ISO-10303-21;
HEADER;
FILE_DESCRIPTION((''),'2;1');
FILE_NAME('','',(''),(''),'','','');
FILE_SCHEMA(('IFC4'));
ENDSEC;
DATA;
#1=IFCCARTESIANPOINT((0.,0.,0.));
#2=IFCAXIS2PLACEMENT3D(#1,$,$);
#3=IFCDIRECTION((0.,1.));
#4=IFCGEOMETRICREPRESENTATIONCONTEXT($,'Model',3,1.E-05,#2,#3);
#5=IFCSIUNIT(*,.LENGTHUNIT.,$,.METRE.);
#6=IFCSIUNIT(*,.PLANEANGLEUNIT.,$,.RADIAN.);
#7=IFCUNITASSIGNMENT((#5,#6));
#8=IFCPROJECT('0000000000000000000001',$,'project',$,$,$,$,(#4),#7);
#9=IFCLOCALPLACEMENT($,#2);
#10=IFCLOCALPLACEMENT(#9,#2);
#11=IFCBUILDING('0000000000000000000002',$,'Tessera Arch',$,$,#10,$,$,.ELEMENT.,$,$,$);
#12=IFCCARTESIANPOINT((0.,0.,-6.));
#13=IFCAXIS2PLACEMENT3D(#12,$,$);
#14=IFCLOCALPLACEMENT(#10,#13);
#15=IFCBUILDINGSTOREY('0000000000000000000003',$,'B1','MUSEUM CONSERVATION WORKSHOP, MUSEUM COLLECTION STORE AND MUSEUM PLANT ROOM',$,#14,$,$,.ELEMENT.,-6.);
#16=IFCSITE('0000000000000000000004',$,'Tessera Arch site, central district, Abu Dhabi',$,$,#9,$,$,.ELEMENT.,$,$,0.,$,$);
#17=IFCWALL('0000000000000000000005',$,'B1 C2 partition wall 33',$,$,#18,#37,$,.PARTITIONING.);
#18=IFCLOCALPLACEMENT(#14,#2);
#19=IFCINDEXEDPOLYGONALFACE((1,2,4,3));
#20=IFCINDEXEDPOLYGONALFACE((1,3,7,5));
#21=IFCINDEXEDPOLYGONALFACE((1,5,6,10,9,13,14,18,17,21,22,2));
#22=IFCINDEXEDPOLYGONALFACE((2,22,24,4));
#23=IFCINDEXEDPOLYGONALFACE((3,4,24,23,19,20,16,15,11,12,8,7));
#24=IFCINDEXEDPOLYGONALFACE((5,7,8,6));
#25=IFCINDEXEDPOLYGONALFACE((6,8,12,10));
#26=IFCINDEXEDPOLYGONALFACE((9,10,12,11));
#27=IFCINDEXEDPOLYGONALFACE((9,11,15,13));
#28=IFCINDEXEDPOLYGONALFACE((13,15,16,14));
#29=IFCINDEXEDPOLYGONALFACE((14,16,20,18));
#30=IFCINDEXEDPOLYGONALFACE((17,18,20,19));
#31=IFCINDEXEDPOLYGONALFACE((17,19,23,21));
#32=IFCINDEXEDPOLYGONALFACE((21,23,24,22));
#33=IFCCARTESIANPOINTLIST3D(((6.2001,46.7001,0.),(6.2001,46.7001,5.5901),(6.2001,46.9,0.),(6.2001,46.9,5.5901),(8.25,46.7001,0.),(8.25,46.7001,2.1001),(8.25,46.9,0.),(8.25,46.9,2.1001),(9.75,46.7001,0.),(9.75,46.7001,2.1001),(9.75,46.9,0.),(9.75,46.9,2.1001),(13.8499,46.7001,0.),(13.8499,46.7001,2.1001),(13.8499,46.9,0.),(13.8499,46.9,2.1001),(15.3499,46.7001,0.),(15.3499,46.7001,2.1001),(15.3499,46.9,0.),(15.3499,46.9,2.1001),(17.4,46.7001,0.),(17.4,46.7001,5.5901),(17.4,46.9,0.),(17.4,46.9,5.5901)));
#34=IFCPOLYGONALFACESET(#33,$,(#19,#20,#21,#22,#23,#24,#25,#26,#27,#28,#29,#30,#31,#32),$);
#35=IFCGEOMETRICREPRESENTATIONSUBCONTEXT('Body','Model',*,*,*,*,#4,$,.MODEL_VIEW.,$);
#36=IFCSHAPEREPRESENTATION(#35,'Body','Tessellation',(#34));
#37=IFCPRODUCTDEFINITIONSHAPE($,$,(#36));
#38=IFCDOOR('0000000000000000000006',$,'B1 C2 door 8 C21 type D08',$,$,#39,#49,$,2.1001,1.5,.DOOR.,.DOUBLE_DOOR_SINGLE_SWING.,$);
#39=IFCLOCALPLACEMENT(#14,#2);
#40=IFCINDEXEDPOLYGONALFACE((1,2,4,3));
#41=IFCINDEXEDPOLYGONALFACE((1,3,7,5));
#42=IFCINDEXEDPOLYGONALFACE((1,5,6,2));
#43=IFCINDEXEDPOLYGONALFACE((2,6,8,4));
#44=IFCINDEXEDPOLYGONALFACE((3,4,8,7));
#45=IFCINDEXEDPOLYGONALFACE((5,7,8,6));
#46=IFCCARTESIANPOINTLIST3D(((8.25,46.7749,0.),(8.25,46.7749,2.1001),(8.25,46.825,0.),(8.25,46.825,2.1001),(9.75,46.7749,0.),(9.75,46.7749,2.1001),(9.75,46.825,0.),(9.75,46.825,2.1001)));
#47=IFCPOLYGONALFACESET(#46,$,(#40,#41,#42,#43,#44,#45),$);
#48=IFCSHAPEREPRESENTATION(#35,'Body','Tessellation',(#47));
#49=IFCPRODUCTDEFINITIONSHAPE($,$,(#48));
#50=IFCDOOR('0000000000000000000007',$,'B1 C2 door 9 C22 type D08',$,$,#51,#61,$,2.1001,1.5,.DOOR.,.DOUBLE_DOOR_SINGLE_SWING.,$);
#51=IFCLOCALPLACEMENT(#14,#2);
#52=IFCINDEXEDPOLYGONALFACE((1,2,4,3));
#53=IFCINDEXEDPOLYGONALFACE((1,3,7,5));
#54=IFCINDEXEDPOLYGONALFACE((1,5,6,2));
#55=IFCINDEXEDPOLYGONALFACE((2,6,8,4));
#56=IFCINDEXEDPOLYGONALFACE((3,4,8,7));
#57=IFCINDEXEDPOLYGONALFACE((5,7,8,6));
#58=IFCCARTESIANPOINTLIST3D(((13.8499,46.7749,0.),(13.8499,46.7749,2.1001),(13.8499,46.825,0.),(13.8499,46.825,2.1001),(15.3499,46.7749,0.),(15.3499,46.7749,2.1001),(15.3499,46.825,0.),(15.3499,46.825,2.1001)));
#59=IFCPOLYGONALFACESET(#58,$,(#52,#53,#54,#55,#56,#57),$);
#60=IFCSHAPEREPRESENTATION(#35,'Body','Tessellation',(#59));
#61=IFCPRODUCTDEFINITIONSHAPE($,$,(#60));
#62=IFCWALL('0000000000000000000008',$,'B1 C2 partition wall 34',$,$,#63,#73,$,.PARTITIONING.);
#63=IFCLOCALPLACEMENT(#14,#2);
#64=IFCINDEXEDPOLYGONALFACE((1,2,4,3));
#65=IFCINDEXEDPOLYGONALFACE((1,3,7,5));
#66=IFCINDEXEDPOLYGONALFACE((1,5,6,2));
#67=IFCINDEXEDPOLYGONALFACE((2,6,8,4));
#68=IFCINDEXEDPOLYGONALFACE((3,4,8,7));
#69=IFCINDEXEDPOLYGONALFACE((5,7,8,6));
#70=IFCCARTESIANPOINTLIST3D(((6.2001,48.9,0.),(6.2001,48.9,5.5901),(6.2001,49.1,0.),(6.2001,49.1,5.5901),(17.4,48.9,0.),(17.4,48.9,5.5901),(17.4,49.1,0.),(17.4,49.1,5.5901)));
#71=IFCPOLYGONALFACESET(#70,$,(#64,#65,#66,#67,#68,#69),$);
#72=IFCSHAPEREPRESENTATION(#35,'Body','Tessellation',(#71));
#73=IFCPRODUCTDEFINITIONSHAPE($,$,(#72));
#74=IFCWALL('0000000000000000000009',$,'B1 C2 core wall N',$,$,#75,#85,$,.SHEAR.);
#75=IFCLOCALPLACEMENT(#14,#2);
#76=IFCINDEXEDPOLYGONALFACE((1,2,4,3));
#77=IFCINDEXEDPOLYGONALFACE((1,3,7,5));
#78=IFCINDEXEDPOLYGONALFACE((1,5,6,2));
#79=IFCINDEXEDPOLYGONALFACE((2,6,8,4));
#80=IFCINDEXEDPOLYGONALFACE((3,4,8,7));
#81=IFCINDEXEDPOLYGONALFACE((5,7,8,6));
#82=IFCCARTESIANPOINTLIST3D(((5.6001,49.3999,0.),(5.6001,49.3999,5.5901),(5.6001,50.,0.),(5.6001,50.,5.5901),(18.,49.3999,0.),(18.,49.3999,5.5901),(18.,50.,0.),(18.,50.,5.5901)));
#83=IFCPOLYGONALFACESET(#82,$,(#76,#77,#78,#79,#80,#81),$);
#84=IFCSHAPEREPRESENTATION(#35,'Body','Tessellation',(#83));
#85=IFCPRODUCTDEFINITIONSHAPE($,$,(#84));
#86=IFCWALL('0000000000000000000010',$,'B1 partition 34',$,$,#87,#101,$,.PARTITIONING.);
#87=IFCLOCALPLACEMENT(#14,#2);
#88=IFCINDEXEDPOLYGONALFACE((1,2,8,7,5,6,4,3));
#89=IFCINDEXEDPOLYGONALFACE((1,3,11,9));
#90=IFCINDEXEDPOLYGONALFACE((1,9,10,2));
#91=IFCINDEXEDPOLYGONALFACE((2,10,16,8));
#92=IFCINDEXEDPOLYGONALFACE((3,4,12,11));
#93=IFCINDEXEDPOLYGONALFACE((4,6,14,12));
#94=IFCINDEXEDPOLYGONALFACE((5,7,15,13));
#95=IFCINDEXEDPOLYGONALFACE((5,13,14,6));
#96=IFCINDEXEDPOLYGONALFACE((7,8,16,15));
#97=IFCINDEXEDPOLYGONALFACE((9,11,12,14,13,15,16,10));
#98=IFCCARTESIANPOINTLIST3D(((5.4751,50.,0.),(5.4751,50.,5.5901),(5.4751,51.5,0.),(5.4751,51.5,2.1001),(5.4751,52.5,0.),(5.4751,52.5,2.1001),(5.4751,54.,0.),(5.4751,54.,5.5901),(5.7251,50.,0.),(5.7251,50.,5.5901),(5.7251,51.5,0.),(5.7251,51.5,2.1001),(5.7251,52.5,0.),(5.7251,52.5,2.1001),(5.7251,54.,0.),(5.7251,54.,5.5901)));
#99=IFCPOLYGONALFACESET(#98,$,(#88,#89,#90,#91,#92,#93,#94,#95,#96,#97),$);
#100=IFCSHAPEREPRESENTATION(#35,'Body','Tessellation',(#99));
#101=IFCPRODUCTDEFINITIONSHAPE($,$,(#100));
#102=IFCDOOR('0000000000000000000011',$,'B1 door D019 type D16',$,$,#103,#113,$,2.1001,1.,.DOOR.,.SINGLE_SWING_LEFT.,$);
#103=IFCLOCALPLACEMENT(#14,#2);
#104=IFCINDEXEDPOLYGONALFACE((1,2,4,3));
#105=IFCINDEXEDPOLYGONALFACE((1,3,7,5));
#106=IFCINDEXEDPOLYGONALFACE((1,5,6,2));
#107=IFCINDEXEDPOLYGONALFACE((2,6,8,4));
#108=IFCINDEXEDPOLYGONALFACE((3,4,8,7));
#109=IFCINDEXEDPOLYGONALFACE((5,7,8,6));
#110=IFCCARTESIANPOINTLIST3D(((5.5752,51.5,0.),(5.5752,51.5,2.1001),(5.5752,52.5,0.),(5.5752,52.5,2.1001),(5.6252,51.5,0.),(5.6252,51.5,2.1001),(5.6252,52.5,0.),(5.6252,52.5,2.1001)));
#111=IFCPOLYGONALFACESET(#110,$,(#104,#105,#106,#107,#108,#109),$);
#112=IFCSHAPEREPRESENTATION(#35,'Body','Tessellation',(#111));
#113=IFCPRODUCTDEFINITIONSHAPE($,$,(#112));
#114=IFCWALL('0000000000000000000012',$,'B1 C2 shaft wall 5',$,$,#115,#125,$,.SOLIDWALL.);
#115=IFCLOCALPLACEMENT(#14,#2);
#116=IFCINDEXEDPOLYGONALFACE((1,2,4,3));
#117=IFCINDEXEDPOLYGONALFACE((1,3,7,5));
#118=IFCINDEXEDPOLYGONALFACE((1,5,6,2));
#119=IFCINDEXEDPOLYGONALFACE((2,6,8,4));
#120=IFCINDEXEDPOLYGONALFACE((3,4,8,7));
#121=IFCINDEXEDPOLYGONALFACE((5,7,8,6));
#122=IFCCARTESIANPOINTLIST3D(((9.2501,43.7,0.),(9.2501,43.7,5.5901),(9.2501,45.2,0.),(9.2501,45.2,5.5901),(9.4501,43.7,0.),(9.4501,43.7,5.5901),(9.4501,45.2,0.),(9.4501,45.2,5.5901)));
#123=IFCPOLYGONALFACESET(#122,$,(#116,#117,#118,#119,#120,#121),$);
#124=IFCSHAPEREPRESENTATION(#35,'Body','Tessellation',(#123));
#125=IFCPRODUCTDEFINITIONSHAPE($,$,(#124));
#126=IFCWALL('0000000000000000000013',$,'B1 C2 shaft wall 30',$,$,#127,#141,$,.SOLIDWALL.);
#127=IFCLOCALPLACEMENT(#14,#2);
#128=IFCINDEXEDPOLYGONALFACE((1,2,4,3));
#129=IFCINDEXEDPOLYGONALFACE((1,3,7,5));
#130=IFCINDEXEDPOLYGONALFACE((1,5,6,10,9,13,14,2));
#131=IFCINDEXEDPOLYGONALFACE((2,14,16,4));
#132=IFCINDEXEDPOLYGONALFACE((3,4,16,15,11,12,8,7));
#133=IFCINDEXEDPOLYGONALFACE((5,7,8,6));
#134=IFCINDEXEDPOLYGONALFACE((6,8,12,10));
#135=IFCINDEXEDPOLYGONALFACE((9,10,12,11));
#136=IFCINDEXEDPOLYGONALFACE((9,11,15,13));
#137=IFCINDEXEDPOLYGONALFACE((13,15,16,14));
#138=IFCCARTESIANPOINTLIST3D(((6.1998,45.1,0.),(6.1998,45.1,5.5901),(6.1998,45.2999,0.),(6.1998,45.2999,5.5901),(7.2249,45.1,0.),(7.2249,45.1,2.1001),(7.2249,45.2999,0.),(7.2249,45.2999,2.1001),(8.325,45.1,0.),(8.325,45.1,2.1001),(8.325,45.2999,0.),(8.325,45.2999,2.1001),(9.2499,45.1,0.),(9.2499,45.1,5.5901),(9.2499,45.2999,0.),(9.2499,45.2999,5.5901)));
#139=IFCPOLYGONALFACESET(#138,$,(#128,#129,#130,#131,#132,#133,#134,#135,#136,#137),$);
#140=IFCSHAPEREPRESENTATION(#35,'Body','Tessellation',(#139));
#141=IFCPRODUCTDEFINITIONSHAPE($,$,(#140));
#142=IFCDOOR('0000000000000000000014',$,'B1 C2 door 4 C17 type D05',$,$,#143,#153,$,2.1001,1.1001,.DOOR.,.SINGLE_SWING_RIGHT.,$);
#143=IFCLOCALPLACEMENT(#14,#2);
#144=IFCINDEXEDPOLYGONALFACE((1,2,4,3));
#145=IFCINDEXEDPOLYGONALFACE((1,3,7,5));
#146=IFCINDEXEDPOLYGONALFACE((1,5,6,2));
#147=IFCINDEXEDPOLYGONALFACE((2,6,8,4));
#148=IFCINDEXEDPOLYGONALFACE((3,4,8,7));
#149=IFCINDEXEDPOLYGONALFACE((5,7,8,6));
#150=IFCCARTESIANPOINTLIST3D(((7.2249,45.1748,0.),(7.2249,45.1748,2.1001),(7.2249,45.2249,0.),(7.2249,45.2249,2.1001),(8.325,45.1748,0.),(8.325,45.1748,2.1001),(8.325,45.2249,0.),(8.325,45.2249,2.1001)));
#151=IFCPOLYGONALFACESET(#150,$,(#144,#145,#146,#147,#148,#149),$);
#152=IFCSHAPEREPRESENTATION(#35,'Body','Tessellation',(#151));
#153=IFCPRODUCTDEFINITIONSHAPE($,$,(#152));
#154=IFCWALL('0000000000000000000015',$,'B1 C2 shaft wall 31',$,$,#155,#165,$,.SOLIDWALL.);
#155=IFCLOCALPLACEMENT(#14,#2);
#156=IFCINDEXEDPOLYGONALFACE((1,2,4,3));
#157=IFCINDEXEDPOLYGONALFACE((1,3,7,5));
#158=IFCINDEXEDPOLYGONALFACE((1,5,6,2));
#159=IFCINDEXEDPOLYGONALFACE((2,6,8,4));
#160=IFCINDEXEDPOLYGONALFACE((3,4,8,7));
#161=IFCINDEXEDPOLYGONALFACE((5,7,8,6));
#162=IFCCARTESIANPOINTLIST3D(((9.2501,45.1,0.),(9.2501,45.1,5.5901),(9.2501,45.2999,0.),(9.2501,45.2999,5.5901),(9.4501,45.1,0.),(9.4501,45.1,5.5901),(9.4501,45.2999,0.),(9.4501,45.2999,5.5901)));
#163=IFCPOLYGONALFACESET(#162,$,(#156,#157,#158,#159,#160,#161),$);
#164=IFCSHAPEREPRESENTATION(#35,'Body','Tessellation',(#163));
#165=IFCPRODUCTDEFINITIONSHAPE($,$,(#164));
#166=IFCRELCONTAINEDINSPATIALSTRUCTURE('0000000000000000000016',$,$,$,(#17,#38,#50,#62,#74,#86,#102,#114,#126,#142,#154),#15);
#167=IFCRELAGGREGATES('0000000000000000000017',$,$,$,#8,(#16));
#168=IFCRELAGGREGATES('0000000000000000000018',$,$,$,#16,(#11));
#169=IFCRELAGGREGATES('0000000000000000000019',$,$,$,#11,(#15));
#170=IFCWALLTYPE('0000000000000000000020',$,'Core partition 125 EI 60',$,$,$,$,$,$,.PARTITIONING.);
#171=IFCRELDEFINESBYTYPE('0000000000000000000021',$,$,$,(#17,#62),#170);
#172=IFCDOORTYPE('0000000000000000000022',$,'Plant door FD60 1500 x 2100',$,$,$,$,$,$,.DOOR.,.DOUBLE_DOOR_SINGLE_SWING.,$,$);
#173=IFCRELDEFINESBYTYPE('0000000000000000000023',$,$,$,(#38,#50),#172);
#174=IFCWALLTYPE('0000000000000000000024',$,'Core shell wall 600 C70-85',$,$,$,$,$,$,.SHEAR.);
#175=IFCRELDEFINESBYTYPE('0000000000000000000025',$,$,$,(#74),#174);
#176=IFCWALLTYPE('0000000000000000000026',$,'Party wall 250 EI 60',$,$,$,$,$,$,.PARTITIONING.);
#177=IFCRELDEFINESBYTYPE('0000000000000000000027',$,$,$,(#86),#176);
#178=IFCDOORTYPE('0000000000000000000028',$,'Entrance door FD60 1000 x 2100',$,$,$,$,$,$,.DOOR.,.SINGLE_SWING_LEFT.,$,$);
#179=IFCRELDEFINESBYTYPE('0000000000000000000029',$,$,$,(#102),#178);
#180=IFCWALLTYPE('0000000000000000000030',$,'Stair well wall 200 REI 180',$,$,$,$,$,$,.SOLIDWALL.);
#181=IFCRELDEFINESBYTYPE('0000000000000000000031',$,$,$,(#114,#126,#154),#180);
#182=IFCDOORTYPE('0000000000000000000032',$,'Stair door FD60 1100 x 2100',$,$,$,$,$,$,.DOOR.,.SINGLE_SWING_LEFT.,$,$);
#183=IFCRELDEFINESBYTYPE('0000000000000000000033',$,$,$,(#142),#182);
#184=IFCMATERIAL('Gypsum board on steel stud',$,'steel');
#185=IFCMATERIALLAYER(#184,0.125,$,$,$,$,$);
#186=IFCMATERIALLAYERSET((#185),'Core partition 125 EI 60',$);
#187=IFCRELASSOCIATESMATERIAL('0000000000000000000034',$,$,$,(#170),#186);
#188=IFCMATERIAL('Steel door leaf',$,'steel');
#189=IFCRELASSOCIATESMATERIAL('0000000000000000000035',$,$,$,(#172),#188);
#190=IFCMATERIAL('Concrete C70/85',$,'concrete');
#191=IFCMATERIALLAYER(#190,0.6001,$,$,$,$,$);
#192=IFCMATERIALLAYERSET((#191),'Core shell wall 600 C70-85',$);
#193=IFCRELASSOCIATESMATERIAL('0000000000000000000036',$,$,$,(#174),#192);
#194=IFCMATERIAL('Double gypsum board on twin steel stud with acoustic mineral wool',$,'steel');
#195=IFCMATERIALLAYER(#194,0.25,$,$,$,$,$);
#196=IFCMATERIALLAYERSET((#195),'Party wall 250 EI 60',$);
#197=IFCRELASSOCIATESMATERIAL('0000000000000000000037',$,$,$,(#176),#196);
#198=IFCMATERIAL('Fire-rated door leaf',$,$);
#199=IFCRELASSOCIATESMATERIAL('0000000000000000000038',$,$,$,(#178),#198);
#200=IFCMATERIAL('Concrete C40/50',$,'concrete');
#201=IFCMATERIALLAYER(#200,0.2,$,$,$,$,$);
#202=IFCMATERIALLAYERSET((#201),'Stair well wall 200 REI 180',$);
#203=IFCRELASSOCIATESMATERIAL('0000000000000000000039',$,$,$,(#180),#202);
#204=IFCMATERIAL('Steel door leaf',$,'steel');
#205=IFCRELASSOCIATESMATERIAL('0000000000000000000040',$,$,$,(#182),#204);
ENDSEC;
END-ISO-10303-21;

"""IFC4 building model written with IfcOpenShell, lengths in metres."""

from ifc_helpers import new_model, si_unit, direction, frame, frame_2d, origin, place, context, subcontext, project, spatial, rectangle, extrude, material, layer, layer_set, type_object, element, fill, save


model = new_model("IFC4")

# Units and contexts
model_context = context("Model", 3, precision=1e-05, world=origin(), true_north=direction((0.0, 1.0)))
body_context = subcontext(model_context, "Body", "Model", "MODEL_VIEW")
ifc_project = project(units=[si_unit("LENGTHUNIT", "METRE"), si_unit("PLANEANGLEUNIT", "RADIAN")], contexts=[model_context])

# Site, building, storey
site_placement = place(None, origin())
site = spatial("IfcSite", under=ifc_project, at=site_placement, Name="Tessera Arch site, central district, Abu Dhabi", CompositionType="ELEMENT", RefElevation=0.0)
building_placement = place(site_placement, origin())
building = spatial("IfcBuilding", under=site, at=building_placement, Name="Tessera Arch", CompositionType="ELEMENT")
storey_placement = place(building_placement, frame((0.0, 0.0, -6.0)))
storey = spatial("IfcBuildingStorey", under=building, at=storey_placement, Name="B1", Description="MUSEUM CONSERVATION WORKSHOP, MUSEUM COLLECTION STORE AND MUSEUM PLANT ROOM", CompositionType="ELEMENT", Elevation=-6.0)

# Wall, openings, doors
ifc_material_1 = material(Name="Gypsum board on steel stud", Category="steel")
ifc_layer_1 = layer(ifc_material_1, 0.125)
ifc_layer_set_1 = layer_set([ifc_layer_1], Name="Core partition 125 EI 60")
wall_type_1 = type_object("IfcWallType", Name="Core partition 125 EI 60", PredefinedType="PARTITIONING", material=ifc_layer_set_1)
wall_1_placement = place(storey_placement, frame((6.2, 46.8, 0.0), z_axis=(0.0, 0.0, 1.0), x_axis=(1.0, 0.0, 0.0)))
wall_1 = element("IfcWall", 1, at=wall_1_placement, inside=storey, type_object=wall_type_1, Name="B1 C2 partition wall 33", PredefinedType="PARTITIONING", context=body_context, shape_type="SweptSolid", body=[
    extrude(rectangle(XDim=11.2, YDim=0.2, at=frame_2d((5.6001, 0.0))), origin(), (0.0, 0.0, 1.0), 5.5901),
])
opening_1_placement = place(wall_1_placement, frame((2.05, 0.0, 0.0)))
opening_1 = element("IfcOpeningElement", 2, at=opening_1_placement, cuts=wall_1, PredefinedType="OPENING", context=body_context, shape_type="SweptSolid", body=[
    extrude(rectangle(XDim=1.5, YDim=2.1001, at=frame_2d((0.75, 1.05))), frame((0.0, 0.1099, 0.0), z_axis=(0.0, -1.0, 0.0), x_axis=(1.0, 0.0, 0.0)), (0.0, 0.0, 1.0), 0.22),
])
opening_2_placement = place(wall_1_placement, frame((7.6499, 0.0, 0.0)))
opening_2 = element("IfcOpeningElement", 3, at=opening_2_placement, cuts=wall_1, PredefinedType="OPENING", context=body_context, shape_type="SweptSolid", body=[
    extrude(rectangle(XDim=1.5, YDim=2.1001, at=frame_2d((0.75, 1.05))), frame((0.0, 0.1099, 0.0), z_axis=(0.0, -1.0, 0.0), x_axis=(1.0, 0.0, 0.0)), (0.0, 0.0, 1.0), 0.22),
])
ifc_material_2 = material(Name="Steel door leaf", Category="steel")
door_type_1 = type_object("IfcDoorType", Name="Plant door FD60 1500 x 2100", OperationType="DOUBLE_DOOR_SINGLE_SWING", PredefinedType="DOOR", material=ifc_material_2)
door_1_placement = place(opening_1_placement, origin())
door_1 = element("IfcDoor", 4, at=door_1_placement, inside=storey, type_object=door_type_1, Name="B1 C2 door 8 C21 type D08", OperationType="DOUBLE_DOOR_SINGLE_SWING", OverallHeight=2.1001, OverallWidth=1.5, PredefinedType="DOOR", context=body_context, shape_type="SweptSolid", body=[
    extrude(rectangle(XDim=1.5, YDim=2.1001, at=frame_2d((0.75, 1.05))), frame((0.0, 0.0249, 0.0), z_axis=(0.0, -1.0, 0.0), x_axis=(1.0, 0.0, 0.0)), (0.0, 0.0, 1.0), 0.05),
])
fill(opening_1, door_1)
door_2_placement = place(opening_2_placement, origin())
door_2 = element("IfcDoor", 5, at=door_2_placement, inside=storey, type_object=door_type_1, Name="B1 C2 door 9 C22 type D08", OperationType="DOUBLE_DOOR_SINGLE_SWING", OverallHeight=2.1001, OverallWidth=1.5, PredefinedType="DOOR", context=body_context, shape_type="SweptSolid", body=[
    extrude(rectangle(XDim=1.5, YDim=2.1001, at=frame_2d((0.75, 1.05))), frame((0.0, 0.0249, 0.0), z_axis=(0.0, -1.0, 0.0), x_axis=(1.0, 0.0, 0.0)), (0.0, 0.0, 1.0), 0.05),
])
fill(opening_2, door_2)

# Walls
wall_2_placement = place(storey_placement, frame((6.2, 49.0, 0.0), z_axis=(0.0, 0.0, 1.0), x_axis=(1.0, 0.0, 0.0)))
element("IfcWall", 6, at=wall_2_placement, inside=storey, type_object=wall_type_1, Name="B1 C2 partition wall 34", PredefinedType="PARTITIONING", context=body_context, shape_type="SweptSolid", body=[
    extrude(rectangle(XDim=11.2, YDim=0.2, at=frame_2d((5.6001, 0.0))), origin(), (0.0, 0.0, 1.0), 5.5901),
])
ifc_material_3 = material(Name="Concrete C70/85", Category="concrete")
ifc_layer_2 = layer(ifc_material_3, 0.6001)
ifc_layer_set_2 = layer_set([ifc_layer_2], Name="Core shell wall 600 C70-85")
wall_type_2 = type_object("IfcWallType", Name="Core shell wall 600 C70-85", PredefinedType="SHEAR", material=ifc_layer_set_2)
wall_3_placement = place(storey_placement, frame((5.6001, 49.7, 0.0), z_axis=(0.0, 0.0, 1.0), x_axis=(1.0, 0.0, 0.0)))
element("IfcWall", 7, at=wall_3_placement, inside=storey, type_object=wall_type_2, Name="B1 C2 core wall N", PredefinedType="SHEAR", context=body_context, shape_type="SweptSolid", body=[
    extrude(rectangle(XDim=12.3999, YDim=0.6001, at=frame_2d((6.2, 0.0))), origin(), (0.0, 0.0, 1.0), 5.5901),
])

# Wall, opening, door
ifc_material_4 = material(Name="Double gypsum board on twin steel stud with acoustic mineral wool", Category="steel")
ifc_layer_3 = layer(ifc_material_4, 0.25)
ifc_layer_set_3 = layer_set([ifc_layer_3], Name="Party wall 250 EI 60")
wall_type_3 = type_object("IfcWallType", Name="Party wall 250 EI 60", PredefinedType="PARTITIONING", material=ifc_layer_set_3)
wall_4_placement = place(storey_placement, frame((5.6001, 50.0, 0.0), z_axis=(0.0, 0.0, 1.0), x_axis=(0.0, 1.0, 0.0)))
wall_4 = element("IfcWall", 8, at=wall_4_placement, inside=storey, type_object=wall_type_3, Name="B1 partition 34", PredefinedType="PARTITIONING", context=body_context, shape_type="SweptSolid", body=[
    extrude(rectangle(XDim=4.0, YDim=0.25, at=frame_2d((2.0, 0.0))), origin(), (0.0, 0.0, 1.0), 5.5901),
])
opening_3_placement = place(wall_4_placement, frame((1.5, 0.0, 0.0)))
opening_3 = element("IfcOpeningElement", 9, at=opening_3_placement, cuts=wall_4, PredefinedType="OPENING", context=body_context, shape_type="SweptSolid", body=[
    extrude(rectangle(XDim=1.0, YDim=2.1001, at=frame_2d((0.5, 1.05))), frame((0.0, 0.135, 0.0), z_axis=(0.0, -1.0, 0.0), x_axis=(1.0, 0.0, 0.0)), (0.0, 0.0, 1.0), 0.27),
])
ifc_material_5 = material(Name="Fire-rated door leaf")
door_type_2 = type_object("IfcDoorType", Name="Entrance door FD60 1000 x 2100", OperationType="SINGLE_SWING_LEFT", PredefinedType="DOOR", material=ifc_material_5)
door_3_placement = place(opening_3_placement, origin())
door_3 = element("IfcDoor", 10, at=door_3_placement, inside=storey, type_object=door_type_2, Name="B1 door D019 type D16", OperationType="SINGLE_SWING_LEFT", OverallHeight=2.1001, OverallWidth=1.0, PredefinedType="DOOR", context=body_context, shape_type="SweptSolid", body=[
    extrude(rectangle(XDim=1.0, YDim=2.1001, at=frame_2d((0.5, 1.05))), frame((0.0, 0.0249, 0.0), z_axis=(0.0, -1.0, 0.0), x_axis=(1.0, 0.0, 0.0)), (0.0, 0.0, 1.0), 0.05),
])
fill(opening_3, door_3)

# Wall
ifc_material_6 = material(Name="Concrete C40/50", Category="concrete")
ifc_layer_4 = layer(ifc_material_6, 0.2)
ifc_layer_set_4 = layer_set([ifc_layer_4], Name="Stair well wall 200 REI 180")
wall_type_4 = type_object("IfcWallType", Name="Stair well wall 200 REI 180", PredefinedType="SOLIDWALL", material=ifc_layer_set_4)
wall_5_placement = place(storey_placement, frame((9.3501, 43.7, 0.0), z_axis=(0.0, 0.0, 1.0), x_axis=(0.0, 1.0, 0.0)))
element("IfcWall", 11, at=wall_5_placement, inside=storey, type_object=wall_type_4, Name="B1 C2 shaft wall 5", PredefinedType="SOLIDWALL", context=body_context, shape_type="SweptSolid", body=[
    extrude(rectangle(XDim=1.5, YDim=0.2, at=frame_2d((0.75, 0.0))), origin(), (0.0, 0.0, 1.0), 5.5901),
])

# Wall, opening, door
wall_6_placement = place(storey_placement, frame((6.2, 45.2, 0.0), z_axis=(0.0, 0.0, 1.0), x_axis=(1.0, 0.0, 0.0)))
wall_6 = element("IfcWall", 12, at=wall_6_placement, inside=storey, type_object=wall_type_4, Name="B1 C2 shaft wall 30", PredefinedType="SOLIDWALL", context=body_context, shape_type="SweptSolid", body=[
    extrude(rectangle(XDim=3.05, YDim=0.2, at=frame_2d((1.5249, 0.0))), origin(), (0.0, 0.0, 1.0), 5.5901),
])
opening_4_placement = place(wall_6_placement, frame((1.0249, 0.0, 0.0)))
opening_4 = element("IfcOpeningElement", 13, at=opening_4_placement, cuts=wall_6, PredefinedType="OPENING", context=body_context, shape_type="SweptSolid", body=[
    extrude(rectangle(XDim=1.1001, YDim=2.1001, at=frame_2d((0.55, 1.05))), frame((0.0, 0.1099, 0.0), z_axis=(0.0, -1.0, 0.0), x_axis=(1.0, 0.0, 0.0)), (0.0, 0.0, 1.0), 0.22),
])
ifc_material_7 = material(Name="Steel door leaf", Category="steel")
door_type_3 = type_object("IfcDoorType", Name="Stair door FD60 1100 x 2100", OperationType="SINGLE_SWING_LEFT", PredefinedType="DOOR", material=ifc_material_7)
door_4_placement = place(opening_4_placement, origin())
door_4 = element("IfcDoor", 14, at=door_4_placement, inside=storey, type_object=door_type_3, Name="B1 C2 door 4 C17 type D05", OperationType="SINGLE_SWING_RIGHT", OverallHeight=2.1001, OverallWidth=1.1001, PredefinedType="DOOR", context=body_context, shape_type="SweptSolid", body=[
    extrude(rectangle(XDim=1.1001, YDim=2.1001, at=frame_2d((0.55, 1.05))), frame((0.0, 0.0249, 0.0), z_axis=(0.0, -1.0, 0.0), x_axis=(1.0, 0.0, 0.0)), (0.0, 0.0, 1.0), 0.05),
])
fill(opening_4, door_4)

# Wall
wall_7_placement = place(storey_placement, frame((9.25, 45.2, 0.0), z_axis=(0.0, 0.0, 1.0), x_axis=(1.0, 0.0, 0.0)))
element("IfcWall", 15, at=wall_7_placement, inside=storey, type_object=wall_type_4, Name="B1 C2 shaft wall 31", PredefinedType="SOLIDWALL", context=body_context, shape_type="SweptSolid", body=[
    extrude(rectangle(XDim=0.2, YDim=0.2, at=frame_2d((0.1001, 0.0))), origin(), (0.0, 0.0, 1.0), 5.5901),
])

save(model, "model.ifc")
